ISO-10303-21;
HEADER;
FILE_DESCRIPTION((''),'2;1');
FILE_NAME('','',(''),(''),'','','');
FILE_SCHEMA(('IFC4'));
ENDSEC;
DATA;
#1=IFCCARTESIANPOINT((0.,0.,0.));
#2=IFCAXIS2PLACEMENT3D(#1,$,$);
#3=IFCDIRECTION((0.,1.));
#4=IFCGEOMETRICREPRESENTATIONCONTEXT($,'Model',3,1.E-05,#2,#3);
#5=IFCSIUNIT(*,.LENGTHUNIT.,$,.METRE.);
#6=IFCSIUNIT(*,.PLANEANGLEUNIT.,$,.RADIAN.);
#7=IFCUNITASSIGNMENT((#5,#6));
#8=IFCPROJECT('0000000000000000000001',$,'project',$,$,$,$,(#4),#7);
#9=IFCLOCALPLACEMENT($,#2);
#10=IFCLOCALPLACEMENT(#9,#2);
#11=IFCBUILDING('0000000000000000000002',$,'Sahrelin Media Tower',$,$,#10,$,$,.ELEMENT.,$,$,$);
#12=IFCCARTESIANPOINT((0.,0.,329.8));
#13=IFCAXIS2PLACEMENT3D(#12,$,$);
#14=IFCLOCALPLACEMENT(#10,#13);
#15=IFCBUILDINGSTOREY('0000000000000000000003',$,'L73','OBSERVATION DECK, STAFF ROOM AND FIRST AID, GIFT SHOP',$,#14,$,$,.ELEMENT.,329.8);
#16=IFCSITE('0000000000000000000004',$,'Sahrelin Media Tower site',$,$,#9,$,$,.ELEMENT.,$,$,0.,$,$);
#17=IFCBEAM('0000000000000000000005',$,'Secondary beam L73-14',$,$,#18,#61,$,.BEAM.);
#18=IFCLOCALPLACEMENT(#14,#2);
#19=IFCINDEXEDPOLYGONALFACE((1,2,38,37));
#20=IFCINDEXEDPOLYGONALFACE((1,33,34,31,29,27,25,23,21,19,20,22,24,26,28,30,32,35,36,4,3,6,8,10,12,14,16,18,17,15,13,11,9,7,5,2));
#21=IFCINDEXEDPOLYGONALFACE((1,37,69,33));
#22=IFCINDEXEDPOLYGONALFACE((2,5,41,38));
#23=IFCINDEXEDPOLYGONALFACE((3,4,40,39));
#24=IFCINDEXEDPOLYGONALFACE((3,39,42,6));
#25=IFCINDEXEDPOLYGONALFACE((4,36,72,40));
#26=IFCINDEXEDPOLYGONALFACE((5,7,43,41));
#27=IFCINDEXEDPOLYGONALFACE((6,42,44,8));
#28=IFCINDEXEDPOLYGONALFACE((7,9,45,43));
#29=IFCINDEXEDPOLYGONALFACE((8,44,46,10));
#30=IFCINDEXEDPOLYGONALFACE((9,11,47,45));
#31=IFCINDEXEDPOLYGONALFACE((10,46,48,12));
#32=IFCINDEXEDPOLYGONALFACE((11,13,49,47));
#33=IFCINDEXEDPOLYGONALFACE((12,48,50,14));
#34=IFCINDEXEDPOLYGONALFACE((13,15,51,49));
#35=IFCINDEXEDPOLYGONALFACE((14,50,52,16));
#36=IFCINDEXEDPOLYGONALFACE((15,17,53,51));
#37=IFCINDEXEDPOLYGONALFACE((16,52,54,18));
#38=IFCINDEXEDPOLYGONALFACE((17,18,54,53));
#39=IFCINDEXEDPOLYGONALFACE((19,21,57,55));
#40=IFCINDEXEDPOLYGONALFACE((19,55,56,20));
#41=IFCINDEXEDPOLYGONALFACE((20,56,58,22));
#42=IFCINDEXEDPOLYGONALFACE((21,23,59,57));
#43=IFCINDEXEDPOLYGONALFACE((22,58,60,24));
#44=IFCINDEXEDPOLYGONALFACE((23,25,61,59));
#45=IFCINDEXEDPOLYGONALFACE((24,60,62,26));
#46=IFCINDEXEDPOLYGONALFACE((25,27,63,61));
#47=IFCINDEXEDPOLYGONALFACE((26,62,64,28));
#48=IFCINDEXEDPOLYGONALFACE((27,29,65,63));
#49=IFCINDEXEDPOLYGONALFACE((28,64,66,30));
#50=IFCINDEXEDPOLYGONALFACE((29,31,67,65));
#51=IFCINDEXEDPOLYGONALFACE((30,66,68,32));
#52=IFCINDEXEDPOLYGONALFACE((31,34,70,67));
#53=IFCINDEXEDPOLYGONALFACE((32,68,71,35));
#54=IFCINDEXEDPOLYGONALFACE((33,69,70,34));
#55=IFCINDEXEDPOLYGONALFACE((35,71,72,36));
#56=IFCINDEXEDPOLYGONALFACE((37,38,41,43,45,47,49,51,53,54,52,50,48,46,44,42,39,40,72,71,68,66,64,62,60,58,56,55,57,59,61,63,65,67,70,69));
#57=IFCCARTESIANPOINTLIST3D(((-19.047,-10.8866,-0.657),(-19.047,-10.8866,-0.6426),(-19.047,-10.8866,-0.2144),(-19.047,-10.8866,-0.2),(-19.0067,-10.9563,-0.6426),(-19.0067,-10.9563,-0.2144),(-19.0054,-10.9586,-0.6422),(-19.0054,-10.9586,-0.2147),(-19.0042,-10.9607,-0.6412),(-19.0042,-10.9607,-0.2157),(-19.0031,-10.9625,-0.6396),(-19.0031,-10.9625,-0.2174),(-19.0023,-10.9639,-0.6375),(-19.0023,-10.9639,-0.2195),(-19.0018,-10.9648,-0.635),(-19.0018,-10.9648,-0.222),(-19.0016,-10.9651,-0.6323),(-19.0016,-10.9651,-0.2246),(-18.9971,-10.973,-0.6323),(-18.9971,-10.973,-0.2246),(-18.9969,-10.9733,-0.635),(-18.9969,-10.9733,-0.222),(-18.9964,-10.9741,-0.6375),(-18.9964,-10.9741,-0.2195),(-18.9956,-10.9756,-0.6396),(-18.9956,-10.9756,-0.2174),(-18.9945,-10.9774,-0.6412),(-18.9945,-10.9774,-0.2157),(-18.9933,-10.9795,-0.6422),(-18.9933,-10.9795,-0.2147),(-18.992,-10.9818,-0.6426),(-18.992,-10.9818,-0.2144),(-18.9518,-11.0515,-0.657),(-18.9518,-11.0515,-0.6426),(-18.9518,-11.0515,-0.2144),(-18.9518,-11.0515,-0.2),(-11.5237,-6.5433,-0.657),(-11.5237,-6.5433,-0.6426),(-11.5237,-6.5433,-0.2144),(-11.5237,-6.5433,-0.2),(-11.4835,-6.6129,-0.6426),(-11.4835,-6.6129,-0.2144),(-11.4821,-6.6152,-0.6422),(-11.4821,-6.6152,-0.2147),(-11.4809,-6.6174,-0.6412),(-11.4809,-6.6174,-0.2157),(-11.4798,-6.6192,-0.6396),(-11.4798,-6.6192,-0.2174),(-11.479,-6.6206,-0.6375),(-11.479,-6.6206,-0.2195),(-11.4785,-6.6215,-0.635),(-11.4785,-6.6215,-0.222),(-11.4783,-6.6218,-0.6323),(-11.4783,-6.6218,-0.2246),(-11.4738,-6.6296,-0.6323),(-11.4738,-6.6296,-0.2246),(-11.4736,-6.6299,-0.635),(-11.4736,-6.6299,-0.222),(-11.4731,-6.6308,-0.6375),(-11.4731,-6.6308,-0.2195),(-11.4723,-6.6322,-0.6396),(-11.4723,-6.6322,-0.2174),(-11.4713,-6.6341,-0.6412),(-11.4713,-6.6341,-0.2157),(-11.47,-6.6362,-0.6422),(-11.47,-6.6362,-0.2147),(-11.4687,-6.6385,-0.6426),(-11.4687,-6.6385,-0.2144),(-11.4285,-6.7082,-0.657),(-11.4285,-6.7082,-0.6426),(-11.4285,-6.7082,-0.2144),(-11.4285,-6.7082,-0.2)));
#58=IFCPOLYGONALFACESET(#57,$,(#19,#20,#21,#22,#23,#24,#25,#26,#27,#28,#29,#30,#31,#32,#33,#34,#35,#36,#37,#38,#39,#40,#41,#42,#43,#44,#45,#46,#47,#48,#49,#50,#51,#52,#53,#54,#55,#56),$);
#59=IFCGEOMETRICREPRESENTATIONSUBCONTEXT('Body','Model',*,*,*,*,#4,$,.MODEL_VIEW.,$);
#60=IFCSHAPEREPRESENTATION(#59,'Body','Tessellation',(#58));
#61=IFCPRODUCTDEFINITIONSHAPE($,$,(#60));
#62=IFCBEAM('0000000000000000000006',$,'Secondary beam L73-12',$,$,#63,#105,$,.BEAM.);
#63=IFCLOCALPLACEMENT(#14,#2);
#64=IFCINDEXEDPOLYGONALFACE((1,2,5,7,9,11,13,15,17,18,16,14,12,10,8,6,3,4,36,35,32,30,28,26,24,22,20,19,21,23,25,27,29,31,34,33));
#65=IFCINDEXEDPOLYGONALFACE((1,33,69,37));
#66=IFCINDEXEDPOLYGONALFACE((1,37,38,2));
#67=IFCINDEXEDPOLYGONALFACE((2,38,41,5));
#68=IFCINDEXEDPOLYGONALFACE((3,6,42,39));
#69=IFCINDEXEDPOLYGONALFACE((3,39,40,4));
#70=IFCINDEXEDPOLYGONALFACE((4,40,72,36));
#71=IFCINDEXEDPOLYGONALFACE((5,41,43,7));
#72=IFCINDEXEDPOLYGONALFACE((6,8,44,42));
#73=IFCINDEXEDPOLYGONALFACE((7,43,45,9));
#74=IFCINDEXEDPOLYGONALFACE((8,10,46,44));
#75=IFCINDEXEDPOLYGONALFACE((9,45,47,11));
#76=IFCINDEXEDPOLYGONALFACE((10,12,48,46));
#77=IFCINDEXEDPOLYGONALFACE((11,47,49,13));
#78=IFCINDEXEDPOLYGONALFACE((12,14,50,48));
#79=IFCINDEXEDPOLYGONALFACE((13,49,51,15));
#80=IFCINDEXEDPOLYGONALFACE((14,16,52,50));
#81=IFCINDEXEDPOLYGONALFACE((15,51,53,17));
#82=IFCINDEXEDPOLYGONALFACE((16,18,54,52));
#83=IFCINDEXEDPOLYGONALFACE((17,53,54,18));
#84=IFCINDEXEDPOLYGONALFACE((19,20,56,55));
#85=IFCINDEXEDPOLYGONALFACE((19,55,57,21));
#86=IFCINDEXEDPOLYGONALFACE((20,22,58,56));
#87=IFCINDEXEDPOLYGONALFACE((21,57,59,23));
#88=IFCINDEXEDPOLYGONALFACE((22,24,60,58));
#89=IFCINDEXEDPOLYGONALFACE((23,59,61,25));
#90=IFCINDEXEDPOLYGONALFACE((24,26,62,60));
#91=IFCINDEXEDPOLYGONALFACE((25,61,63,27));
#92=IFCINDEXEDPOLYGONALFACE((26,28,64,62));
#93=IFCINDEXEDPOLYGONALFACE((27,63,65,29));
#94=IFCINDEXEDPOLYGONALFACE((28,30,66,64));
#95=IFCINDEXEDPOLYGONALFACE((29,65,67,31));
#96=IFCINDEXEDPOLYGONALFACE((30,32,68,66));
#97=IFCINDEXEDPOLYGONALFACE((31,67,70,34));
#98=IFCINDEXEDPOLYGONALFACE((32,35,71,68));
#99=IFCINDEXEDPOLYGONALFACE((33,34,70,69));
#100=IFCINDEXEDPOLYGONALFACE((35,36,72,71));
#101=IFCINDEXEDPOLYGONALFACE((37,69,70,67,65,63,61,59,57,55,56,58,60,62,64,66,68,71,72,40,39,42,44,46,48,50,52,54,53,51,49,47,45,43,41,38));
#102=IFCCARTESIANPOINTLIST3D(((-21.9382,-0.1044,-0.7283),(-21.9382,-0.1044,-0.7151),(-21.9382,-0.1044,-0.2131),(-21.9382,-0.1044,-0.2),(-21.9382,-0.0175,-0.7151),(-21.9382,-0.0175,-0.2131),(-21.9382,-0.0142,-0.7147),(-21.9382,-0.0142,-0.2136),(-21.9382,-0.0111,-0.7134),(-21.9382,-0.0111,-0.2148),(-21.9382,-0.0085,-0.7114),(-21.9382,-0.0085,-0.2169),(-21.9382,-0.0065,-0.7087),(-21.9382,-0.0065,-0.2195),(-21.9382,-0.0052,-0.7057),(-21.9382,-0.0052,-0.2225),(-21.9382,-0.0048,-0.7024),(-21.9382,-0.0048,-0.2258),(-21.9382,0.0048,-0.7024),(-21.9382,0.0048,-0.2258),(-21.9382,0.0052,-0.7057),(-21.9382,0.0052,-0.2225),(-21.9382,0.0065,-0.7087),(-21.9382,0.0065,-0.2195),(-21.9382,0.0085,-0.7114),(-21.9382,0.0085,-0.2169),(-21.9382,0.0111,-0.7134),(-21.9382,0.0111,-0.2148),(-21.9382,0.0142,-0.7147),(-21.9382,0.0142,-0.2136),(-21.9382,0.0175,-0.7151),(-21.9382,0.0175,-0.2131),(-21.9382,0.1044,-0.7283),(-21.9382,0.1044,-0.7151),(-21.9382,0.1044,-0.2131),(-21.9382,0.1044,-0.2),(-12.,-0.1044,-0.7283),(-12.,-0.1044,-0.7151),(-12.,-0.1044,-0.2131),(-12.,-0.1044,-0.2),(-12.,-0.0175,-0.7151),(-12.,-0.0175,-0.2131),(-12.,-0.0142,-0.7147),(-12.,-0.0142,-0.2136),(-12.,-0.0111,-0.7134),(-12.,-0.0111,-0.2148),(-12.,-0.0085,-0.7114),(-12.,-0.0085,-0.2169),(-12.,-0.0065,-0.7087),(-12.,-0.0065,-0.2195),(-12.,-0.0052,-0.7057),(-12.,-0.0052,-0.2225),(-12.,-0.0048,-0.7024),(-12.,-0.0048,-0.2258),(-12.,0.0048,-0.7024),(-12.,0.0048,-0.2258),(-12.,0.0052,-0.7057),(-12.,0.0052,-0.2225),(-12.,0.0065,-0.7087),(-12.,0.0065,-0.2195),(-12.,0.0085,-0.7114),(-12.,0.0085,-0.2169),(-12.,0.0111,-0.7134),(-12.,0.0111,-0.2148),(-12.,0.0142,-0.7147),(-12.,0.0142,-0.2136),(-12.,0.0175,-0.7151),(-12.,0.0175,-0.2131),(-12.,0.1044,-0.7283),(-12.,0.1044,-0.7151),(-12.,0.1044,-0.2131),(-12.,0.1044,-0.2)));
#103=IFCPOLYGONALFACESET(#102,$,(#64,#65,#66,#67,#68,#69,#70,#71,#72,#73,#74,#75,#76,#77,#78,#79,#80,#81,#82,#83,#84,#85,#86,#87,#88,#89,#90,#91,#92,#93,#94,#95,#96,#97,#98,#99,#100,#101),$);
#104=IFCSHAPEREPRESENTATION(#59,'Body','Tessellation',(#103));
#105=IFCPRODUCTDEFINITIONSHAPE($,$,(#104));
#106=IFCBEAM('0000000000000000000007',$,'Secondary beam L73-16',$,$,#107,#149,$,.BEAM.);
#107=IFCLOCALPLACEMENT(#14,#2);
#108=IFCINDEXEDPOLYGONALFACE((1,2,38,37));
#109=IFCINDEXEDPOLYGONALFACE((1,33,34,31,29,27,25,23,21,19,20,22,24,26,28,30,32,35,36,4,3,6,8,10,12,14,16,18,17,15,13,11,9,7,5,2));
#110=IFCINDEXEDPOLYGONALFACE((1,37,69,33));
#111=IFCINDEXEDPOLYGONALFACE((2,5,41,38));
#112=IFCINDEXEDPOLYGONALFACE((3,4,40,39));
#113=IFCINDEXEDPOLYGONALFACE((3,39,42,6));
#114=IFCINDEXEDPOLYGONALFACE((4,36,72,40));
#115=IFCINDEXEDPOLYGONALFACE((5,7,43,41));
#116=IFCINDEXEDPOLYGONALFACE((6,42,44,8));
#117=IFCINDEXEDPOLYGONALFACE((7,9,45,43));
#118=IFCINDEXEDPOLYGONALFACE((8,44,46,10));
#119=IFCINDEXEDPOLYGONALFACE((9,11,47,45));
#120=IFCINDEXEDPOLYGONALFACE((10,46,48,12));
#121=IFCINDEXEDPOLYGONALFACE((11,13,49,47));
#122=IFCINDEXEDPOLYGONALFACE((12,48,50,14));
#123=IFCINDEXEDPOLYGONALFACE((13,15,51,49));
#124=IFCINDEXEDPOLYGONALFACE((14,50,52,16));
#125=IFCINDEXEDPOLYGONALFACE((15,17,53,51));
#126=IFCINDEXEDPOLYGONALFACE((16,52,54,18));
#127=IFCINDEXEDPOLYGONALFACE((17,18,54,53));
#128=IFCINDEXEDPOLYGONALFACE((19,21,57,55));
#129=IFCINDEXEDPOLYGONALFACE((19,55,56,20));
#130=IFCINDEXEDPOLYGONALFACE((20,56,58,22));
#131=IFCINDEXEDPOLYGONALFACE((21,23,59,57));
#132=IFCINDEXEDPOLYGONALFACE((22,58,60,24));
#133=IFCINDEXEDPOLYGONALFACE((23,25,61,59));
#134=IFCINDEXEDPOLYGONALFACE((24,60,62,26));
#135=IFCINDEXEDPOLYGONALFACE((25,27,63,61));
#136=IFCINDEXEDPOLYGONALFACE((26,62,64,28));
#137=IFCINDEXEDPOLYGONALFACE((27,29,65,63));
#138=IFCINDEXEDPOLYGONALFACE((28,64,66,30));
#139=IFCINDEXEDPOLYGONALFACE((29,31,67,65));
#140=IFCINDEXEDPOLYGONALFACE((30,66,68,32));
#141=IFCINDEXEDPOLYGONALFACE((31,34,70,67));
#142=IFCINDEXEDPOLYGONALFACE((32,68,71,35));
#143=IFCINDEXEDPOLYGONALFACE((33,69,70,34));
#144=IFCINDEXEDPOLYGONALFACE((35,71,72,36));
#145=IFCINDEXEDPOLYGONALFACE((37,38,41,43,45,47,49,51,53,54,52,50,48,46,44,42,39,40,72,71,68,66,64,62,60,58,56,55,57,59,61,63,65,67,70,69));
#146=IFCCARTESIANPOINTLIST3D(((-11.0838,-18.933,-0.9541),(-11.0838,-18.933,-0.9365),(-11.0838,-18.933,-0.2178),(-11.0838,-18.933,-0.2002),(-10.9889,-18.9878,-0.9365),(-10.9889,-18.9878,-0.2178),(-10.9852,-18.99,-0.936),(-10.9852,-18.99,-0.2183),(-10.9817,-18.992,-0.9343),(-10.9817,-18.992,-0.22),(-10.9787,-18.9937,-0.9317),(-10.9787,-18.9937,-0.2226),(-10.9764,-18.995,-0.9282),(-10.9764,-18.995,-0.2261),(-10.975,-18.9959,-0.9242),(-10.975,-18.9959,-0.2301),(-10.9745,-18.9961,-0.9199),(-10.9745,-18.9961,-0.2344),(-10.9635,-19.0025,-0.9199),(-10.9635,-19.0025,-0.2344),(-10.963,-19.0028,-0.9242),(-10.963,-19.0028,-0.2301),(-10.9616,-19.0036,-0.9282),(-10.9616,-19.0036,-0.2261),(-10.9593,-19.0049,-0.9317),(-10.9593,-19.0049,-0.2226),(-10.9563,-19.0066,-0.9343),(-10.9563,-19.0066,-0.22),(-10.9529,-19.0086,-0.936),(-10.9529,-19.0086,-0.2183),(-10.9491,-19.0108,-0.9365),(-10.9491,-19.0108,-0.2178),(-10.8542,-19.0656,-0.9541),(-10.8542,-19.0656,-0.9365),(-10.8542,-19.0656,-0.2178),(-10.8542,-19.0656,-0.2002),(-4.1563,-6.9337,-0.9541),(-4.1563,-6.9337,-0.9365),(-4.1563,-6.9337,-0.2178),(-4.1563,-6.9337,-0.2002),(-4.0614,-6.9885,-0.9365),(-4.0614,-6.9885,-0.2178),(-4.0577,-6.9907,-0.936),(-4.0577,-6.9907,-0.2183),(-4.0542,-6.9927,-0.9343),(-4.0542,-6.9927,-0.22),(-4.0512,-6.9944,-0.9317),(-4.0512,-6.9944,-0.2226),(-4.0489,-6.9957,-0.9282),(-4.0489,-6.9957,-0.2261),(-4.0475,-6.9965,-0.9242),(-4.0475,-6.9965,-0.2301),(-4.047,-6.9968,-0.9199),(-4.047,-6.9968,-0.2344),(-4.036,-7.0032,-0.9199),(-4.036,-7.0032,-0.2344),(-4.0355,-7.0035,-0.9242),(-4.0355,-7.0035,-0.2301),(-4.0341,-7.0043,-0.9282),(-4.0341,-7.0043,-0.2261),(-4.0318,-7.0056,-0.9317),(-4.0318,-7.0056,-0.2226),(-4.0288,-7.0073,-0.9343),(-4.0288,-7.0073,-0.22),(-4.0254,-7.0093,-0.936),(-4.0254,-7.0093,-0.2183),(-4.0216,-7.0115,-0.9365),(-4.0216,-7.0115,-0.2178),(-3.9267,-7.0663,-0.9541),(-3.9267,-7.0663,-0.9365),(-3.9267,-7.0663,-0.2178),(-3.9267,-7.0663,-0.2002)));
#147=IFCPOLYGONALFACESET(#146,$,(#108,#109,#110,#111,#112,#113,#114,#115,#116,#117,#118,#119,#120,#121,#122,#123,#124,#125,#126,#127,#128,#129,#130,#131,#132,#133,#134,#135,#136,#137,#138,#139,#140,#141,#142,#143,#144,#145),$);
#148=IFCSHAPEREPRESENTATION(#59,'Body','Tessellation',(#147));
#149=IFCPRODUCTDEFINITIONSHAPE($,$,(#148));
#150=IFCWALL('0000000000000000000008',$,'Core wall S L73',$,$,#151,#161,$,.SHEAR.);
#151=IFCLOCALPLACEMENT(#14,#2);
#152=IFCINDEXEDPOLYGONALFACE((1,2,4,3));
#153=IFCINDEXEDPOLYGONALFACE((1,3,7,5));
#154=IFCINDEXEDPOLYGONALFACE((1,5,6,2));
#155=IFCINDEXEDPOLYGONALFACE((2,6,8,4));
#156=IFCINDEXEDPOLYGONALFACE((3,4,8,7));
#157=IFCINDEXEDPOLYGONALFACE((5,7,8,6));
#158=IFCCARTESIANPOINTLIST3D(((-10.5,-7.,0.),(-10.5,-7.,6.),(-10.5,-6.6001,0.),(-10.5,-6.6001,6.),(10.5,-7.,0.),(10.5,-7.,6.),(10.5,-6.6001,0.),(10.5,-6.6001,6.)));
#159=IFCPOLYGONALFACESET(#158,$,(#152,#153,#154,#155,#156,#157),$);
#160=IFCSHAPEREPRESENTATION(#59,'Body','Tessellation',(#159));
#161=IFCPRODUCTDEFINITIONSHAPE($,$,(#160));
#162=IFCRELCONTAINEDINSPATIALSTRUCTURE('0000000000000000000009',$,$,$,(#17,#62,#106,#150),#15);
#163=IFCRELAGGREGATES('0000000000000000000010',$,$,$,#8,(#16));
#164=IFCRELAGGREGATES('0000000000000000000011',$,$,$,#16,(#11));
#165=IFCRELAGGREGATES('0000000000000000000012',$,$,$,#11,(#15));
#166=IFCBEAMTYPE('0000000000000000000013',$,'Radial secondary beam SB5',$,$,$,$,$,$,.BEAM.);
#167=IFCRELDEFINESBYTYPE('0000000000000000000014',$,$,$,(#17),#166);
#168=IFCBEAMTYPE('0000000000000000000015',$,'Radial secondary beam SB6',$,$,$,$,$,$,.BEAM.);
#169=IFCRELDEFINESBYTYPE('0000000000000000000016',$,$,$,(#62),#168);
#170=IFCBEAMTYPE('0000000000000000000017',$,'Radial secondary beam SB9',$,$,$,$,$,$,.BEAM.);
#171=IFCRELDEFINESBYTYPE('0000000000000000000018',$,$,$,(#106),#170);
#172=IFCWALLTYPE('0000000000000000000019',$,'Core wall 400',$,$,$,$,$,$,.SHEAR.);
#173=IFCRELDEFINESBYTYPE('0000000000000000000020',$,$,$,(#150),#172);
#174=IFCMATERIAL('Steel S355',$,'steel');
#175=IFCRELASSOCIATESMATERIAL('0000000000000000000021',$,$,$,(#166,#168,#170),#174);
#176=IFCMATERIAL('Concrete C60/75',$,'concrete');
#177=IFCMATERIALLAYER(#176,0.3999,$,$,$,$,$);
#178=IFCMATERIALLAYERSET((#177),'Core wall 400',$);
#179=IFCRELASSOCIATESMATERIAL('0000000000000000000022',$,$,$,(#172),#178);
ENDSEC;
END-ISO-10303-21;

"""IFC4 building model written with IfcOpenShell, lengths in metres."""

from ifc_helpers import new_model, si_unit, direction, frame, frame_2d, origin, origin_2d, place, context, subcontext, project, spatial, rectangle, i_section, extrude, material, layer, layer_set, material_profile, profile_set, type_object, element, save


model = new_model("IFC4")

# Units and contexts
model_context = context("Model", 3, precision=1e-05, world=origin(), true_north=direction((0.0, 1.0)))
body_context = subcontext(model_context, "Body", "Model", "MODEL_VIEW")
ifc_project = project(units=[si_unit("LENGTHUNIT", "METRE"), si_unit("PLANEANGLEUNIT", "RADIAN")], contexts=[model_context])

# Site, building, storey
site_placement = place(None, origin())
site = spatial("IfcSite", under=ifc_project, at=site_placement, Name="Sahrelin Media Tower site", CompositionType="ELEMENT", RefElevation=0.0)
building_placement = place(site_placement, origin())
building = spatial("IfcBuilding", under=site, at=building_placement, Name="Sahrelin Media Tower", CompositionType="ELEMENT")
storey_placement = place(building_placement, frame((0.0, 0.0, 329.8)))
storey = spatial("IfcBuildingStorey", under=building, at=storey_placement, Name="L73", Description="OBSERVATION DECK, STAFF ROOM AND FIRST AID, GIFT SHOP", CompositionType="ELEMENT", Elevation=329.8)

# Beams
ifc_material_1 = material(Name="Steel S355", Category="steel")
ifc_material_profile_1 = material_profile(ifc_material_1, i_section(OverallWidth=0.1904, OverallDepth=0.457, WebThickness=0.009, FlangeThickness=0.0144, FilletRadius=0.0103, at=origin_2d()), Name="UB 457x191x74")
ifc_profile_set_1 = profile_set([ifc_material_profile_1], Name="Steel S355")
beam_type_1 = type_object("IfcBeamType", Name="Radial secondary beam SB5", PredefinedType="BEAM", material=ifc_profile_set_1)
beam_1_placement = place(storey_placement, frame((-11.4761, -6.6257, -0.4285), z_axis=(-0.866038, -0.499978, 0.0), x_axis=(0.499978, -0.866038, 0.0)))
element("IfcBeam", 1, at=beam_1_placement, inside=storey, type_object=beam_type_1, Name="Secondary beam L73-14", PredefinedType="BEAM", context=body_context, shape_type="SweptSolid", body=[
    extrude(i_section(OverallWidth=0.1904, OverallDepth=0.457, WebThickness=0.009, FlangeThickness=0.0144, FilletRadius=0.0103, at=origin_2d()), origin(), (0.0, 0.0, 1.0), 8.687),
])
ifc_material_profile_2 = material_profile(ifc_material_1, i_section(OverallWidth=0.2087, OverallDepth=0.5283, WebThickness=0.0095, FlangeThickness=0.0132, FilletRadius=0.0127, at=origin_2d()), Name="UB 533x210x82")
ifc_profile_set_2 = profile_set([ifc_material_profile_2], Name="Steel S355")
beam_type_2 = type_object("IfcBeamType", Name="Radial secondary beam SB6", PredefinedType="BEAM", material=ifc_profile_set_2)
beam_2_placement = place(storey_placement, frame((-12.0, 0.0, -0.4641), z_axis=(-1.0, 0.0, 0.0), x_axis=(0.0, -1.0, 0.0)))
element("IfcBeam", 2, at=beam_2_placement, inside=storey, type_object=beam_type_2, Name="Secondary beam L73-12", PredefinedType="BEAM", context=body_context, shape_type="SweptSolid", body=[
    extrude(i_section(OverallWidth=0.2087, OverallDepth=0.5283, WebThickness=0.0095, FlangeThickness=0.0132, FilletRadius=0.0127, at=origin_2d()), origin(), (0.0, 0.0, 1.0), 9.9382),
])
ifc_material_profile_3 = material_profile(ifc_material_1, i_section(OverallWidth=0.2651, OverallDepth=0.7539, WebThickness=0.0127, FlangeThickness=0.0176, FilletRadius=0.0166, at=origin_2d()), Name="UB 762x267x147")
ifc_profile_set_3 = profile_set([ifc_material_profile_3], Name="Steel S355")
beam_type_3 = type_object("IfcBeamType", Name="Radial secondary beam SB9", PredefinedType="BEAM", material=ifc_profile_set_3)
beam_3_placement = place(storey_placement, frame((-4.0415, -7.0, -0.5771), z_axis=(-0.499984, -0.866034, 0.0), x_axis=(0.866034, -0.499984, 0.0)))
element("IfcBeam", 3, at=beam_3_placement, inside=storey, type_object=beam_type_3, Name="Secondary beam L73-16", PredefinedType="BEAM", context=body_context, shape_type="SweptSolid", body=[
    extrude(i_section(OverallWidth=0.2651, OverallDepth=0.7539, WebThickness=0.0127, FlangeThickness=0.0176, FilletRadius=0.0166, at=origin_2d()), origin(), (0.0, 0.0, 1.0), 13.8555),
])

# Wall
ifc_material_2 = material(Name="Concrete C60/75", Category="concrete")
ifc_layer_1 = layer(ifc_material_2, 0.3999)
ifc_layer_set_1 = layer_set([ifc_layer_1], Name="Core wall 400")
wall_type_1 = type_object("IfcWallType", Name="Core wall 400", PredefinedType="SHEAR", material=ifc_layer_set_1)
wall_1_placement = place(storey_placement, frame((-10.5, -6.8, 0.0), z_axis=(0.0, 0.0, 1.0), x_axis=(1.0, 0.0, 0.0)))
element("IfcWall", 4, at=wall_1_placement, inside=storey, type_object=wall_type_1, Name="Core wall S L73", PredefinedType="SHEAR", context=body_context, shape_type="SweptSolid", body=[
    extrude(rectangle(XDim=21.0, YDim=0.3999, at=frame_2d((10.5, 0.0))), origin(), (0.0, 0.0, 1.0), 6.0),
])

save(model, "model.ifc")
